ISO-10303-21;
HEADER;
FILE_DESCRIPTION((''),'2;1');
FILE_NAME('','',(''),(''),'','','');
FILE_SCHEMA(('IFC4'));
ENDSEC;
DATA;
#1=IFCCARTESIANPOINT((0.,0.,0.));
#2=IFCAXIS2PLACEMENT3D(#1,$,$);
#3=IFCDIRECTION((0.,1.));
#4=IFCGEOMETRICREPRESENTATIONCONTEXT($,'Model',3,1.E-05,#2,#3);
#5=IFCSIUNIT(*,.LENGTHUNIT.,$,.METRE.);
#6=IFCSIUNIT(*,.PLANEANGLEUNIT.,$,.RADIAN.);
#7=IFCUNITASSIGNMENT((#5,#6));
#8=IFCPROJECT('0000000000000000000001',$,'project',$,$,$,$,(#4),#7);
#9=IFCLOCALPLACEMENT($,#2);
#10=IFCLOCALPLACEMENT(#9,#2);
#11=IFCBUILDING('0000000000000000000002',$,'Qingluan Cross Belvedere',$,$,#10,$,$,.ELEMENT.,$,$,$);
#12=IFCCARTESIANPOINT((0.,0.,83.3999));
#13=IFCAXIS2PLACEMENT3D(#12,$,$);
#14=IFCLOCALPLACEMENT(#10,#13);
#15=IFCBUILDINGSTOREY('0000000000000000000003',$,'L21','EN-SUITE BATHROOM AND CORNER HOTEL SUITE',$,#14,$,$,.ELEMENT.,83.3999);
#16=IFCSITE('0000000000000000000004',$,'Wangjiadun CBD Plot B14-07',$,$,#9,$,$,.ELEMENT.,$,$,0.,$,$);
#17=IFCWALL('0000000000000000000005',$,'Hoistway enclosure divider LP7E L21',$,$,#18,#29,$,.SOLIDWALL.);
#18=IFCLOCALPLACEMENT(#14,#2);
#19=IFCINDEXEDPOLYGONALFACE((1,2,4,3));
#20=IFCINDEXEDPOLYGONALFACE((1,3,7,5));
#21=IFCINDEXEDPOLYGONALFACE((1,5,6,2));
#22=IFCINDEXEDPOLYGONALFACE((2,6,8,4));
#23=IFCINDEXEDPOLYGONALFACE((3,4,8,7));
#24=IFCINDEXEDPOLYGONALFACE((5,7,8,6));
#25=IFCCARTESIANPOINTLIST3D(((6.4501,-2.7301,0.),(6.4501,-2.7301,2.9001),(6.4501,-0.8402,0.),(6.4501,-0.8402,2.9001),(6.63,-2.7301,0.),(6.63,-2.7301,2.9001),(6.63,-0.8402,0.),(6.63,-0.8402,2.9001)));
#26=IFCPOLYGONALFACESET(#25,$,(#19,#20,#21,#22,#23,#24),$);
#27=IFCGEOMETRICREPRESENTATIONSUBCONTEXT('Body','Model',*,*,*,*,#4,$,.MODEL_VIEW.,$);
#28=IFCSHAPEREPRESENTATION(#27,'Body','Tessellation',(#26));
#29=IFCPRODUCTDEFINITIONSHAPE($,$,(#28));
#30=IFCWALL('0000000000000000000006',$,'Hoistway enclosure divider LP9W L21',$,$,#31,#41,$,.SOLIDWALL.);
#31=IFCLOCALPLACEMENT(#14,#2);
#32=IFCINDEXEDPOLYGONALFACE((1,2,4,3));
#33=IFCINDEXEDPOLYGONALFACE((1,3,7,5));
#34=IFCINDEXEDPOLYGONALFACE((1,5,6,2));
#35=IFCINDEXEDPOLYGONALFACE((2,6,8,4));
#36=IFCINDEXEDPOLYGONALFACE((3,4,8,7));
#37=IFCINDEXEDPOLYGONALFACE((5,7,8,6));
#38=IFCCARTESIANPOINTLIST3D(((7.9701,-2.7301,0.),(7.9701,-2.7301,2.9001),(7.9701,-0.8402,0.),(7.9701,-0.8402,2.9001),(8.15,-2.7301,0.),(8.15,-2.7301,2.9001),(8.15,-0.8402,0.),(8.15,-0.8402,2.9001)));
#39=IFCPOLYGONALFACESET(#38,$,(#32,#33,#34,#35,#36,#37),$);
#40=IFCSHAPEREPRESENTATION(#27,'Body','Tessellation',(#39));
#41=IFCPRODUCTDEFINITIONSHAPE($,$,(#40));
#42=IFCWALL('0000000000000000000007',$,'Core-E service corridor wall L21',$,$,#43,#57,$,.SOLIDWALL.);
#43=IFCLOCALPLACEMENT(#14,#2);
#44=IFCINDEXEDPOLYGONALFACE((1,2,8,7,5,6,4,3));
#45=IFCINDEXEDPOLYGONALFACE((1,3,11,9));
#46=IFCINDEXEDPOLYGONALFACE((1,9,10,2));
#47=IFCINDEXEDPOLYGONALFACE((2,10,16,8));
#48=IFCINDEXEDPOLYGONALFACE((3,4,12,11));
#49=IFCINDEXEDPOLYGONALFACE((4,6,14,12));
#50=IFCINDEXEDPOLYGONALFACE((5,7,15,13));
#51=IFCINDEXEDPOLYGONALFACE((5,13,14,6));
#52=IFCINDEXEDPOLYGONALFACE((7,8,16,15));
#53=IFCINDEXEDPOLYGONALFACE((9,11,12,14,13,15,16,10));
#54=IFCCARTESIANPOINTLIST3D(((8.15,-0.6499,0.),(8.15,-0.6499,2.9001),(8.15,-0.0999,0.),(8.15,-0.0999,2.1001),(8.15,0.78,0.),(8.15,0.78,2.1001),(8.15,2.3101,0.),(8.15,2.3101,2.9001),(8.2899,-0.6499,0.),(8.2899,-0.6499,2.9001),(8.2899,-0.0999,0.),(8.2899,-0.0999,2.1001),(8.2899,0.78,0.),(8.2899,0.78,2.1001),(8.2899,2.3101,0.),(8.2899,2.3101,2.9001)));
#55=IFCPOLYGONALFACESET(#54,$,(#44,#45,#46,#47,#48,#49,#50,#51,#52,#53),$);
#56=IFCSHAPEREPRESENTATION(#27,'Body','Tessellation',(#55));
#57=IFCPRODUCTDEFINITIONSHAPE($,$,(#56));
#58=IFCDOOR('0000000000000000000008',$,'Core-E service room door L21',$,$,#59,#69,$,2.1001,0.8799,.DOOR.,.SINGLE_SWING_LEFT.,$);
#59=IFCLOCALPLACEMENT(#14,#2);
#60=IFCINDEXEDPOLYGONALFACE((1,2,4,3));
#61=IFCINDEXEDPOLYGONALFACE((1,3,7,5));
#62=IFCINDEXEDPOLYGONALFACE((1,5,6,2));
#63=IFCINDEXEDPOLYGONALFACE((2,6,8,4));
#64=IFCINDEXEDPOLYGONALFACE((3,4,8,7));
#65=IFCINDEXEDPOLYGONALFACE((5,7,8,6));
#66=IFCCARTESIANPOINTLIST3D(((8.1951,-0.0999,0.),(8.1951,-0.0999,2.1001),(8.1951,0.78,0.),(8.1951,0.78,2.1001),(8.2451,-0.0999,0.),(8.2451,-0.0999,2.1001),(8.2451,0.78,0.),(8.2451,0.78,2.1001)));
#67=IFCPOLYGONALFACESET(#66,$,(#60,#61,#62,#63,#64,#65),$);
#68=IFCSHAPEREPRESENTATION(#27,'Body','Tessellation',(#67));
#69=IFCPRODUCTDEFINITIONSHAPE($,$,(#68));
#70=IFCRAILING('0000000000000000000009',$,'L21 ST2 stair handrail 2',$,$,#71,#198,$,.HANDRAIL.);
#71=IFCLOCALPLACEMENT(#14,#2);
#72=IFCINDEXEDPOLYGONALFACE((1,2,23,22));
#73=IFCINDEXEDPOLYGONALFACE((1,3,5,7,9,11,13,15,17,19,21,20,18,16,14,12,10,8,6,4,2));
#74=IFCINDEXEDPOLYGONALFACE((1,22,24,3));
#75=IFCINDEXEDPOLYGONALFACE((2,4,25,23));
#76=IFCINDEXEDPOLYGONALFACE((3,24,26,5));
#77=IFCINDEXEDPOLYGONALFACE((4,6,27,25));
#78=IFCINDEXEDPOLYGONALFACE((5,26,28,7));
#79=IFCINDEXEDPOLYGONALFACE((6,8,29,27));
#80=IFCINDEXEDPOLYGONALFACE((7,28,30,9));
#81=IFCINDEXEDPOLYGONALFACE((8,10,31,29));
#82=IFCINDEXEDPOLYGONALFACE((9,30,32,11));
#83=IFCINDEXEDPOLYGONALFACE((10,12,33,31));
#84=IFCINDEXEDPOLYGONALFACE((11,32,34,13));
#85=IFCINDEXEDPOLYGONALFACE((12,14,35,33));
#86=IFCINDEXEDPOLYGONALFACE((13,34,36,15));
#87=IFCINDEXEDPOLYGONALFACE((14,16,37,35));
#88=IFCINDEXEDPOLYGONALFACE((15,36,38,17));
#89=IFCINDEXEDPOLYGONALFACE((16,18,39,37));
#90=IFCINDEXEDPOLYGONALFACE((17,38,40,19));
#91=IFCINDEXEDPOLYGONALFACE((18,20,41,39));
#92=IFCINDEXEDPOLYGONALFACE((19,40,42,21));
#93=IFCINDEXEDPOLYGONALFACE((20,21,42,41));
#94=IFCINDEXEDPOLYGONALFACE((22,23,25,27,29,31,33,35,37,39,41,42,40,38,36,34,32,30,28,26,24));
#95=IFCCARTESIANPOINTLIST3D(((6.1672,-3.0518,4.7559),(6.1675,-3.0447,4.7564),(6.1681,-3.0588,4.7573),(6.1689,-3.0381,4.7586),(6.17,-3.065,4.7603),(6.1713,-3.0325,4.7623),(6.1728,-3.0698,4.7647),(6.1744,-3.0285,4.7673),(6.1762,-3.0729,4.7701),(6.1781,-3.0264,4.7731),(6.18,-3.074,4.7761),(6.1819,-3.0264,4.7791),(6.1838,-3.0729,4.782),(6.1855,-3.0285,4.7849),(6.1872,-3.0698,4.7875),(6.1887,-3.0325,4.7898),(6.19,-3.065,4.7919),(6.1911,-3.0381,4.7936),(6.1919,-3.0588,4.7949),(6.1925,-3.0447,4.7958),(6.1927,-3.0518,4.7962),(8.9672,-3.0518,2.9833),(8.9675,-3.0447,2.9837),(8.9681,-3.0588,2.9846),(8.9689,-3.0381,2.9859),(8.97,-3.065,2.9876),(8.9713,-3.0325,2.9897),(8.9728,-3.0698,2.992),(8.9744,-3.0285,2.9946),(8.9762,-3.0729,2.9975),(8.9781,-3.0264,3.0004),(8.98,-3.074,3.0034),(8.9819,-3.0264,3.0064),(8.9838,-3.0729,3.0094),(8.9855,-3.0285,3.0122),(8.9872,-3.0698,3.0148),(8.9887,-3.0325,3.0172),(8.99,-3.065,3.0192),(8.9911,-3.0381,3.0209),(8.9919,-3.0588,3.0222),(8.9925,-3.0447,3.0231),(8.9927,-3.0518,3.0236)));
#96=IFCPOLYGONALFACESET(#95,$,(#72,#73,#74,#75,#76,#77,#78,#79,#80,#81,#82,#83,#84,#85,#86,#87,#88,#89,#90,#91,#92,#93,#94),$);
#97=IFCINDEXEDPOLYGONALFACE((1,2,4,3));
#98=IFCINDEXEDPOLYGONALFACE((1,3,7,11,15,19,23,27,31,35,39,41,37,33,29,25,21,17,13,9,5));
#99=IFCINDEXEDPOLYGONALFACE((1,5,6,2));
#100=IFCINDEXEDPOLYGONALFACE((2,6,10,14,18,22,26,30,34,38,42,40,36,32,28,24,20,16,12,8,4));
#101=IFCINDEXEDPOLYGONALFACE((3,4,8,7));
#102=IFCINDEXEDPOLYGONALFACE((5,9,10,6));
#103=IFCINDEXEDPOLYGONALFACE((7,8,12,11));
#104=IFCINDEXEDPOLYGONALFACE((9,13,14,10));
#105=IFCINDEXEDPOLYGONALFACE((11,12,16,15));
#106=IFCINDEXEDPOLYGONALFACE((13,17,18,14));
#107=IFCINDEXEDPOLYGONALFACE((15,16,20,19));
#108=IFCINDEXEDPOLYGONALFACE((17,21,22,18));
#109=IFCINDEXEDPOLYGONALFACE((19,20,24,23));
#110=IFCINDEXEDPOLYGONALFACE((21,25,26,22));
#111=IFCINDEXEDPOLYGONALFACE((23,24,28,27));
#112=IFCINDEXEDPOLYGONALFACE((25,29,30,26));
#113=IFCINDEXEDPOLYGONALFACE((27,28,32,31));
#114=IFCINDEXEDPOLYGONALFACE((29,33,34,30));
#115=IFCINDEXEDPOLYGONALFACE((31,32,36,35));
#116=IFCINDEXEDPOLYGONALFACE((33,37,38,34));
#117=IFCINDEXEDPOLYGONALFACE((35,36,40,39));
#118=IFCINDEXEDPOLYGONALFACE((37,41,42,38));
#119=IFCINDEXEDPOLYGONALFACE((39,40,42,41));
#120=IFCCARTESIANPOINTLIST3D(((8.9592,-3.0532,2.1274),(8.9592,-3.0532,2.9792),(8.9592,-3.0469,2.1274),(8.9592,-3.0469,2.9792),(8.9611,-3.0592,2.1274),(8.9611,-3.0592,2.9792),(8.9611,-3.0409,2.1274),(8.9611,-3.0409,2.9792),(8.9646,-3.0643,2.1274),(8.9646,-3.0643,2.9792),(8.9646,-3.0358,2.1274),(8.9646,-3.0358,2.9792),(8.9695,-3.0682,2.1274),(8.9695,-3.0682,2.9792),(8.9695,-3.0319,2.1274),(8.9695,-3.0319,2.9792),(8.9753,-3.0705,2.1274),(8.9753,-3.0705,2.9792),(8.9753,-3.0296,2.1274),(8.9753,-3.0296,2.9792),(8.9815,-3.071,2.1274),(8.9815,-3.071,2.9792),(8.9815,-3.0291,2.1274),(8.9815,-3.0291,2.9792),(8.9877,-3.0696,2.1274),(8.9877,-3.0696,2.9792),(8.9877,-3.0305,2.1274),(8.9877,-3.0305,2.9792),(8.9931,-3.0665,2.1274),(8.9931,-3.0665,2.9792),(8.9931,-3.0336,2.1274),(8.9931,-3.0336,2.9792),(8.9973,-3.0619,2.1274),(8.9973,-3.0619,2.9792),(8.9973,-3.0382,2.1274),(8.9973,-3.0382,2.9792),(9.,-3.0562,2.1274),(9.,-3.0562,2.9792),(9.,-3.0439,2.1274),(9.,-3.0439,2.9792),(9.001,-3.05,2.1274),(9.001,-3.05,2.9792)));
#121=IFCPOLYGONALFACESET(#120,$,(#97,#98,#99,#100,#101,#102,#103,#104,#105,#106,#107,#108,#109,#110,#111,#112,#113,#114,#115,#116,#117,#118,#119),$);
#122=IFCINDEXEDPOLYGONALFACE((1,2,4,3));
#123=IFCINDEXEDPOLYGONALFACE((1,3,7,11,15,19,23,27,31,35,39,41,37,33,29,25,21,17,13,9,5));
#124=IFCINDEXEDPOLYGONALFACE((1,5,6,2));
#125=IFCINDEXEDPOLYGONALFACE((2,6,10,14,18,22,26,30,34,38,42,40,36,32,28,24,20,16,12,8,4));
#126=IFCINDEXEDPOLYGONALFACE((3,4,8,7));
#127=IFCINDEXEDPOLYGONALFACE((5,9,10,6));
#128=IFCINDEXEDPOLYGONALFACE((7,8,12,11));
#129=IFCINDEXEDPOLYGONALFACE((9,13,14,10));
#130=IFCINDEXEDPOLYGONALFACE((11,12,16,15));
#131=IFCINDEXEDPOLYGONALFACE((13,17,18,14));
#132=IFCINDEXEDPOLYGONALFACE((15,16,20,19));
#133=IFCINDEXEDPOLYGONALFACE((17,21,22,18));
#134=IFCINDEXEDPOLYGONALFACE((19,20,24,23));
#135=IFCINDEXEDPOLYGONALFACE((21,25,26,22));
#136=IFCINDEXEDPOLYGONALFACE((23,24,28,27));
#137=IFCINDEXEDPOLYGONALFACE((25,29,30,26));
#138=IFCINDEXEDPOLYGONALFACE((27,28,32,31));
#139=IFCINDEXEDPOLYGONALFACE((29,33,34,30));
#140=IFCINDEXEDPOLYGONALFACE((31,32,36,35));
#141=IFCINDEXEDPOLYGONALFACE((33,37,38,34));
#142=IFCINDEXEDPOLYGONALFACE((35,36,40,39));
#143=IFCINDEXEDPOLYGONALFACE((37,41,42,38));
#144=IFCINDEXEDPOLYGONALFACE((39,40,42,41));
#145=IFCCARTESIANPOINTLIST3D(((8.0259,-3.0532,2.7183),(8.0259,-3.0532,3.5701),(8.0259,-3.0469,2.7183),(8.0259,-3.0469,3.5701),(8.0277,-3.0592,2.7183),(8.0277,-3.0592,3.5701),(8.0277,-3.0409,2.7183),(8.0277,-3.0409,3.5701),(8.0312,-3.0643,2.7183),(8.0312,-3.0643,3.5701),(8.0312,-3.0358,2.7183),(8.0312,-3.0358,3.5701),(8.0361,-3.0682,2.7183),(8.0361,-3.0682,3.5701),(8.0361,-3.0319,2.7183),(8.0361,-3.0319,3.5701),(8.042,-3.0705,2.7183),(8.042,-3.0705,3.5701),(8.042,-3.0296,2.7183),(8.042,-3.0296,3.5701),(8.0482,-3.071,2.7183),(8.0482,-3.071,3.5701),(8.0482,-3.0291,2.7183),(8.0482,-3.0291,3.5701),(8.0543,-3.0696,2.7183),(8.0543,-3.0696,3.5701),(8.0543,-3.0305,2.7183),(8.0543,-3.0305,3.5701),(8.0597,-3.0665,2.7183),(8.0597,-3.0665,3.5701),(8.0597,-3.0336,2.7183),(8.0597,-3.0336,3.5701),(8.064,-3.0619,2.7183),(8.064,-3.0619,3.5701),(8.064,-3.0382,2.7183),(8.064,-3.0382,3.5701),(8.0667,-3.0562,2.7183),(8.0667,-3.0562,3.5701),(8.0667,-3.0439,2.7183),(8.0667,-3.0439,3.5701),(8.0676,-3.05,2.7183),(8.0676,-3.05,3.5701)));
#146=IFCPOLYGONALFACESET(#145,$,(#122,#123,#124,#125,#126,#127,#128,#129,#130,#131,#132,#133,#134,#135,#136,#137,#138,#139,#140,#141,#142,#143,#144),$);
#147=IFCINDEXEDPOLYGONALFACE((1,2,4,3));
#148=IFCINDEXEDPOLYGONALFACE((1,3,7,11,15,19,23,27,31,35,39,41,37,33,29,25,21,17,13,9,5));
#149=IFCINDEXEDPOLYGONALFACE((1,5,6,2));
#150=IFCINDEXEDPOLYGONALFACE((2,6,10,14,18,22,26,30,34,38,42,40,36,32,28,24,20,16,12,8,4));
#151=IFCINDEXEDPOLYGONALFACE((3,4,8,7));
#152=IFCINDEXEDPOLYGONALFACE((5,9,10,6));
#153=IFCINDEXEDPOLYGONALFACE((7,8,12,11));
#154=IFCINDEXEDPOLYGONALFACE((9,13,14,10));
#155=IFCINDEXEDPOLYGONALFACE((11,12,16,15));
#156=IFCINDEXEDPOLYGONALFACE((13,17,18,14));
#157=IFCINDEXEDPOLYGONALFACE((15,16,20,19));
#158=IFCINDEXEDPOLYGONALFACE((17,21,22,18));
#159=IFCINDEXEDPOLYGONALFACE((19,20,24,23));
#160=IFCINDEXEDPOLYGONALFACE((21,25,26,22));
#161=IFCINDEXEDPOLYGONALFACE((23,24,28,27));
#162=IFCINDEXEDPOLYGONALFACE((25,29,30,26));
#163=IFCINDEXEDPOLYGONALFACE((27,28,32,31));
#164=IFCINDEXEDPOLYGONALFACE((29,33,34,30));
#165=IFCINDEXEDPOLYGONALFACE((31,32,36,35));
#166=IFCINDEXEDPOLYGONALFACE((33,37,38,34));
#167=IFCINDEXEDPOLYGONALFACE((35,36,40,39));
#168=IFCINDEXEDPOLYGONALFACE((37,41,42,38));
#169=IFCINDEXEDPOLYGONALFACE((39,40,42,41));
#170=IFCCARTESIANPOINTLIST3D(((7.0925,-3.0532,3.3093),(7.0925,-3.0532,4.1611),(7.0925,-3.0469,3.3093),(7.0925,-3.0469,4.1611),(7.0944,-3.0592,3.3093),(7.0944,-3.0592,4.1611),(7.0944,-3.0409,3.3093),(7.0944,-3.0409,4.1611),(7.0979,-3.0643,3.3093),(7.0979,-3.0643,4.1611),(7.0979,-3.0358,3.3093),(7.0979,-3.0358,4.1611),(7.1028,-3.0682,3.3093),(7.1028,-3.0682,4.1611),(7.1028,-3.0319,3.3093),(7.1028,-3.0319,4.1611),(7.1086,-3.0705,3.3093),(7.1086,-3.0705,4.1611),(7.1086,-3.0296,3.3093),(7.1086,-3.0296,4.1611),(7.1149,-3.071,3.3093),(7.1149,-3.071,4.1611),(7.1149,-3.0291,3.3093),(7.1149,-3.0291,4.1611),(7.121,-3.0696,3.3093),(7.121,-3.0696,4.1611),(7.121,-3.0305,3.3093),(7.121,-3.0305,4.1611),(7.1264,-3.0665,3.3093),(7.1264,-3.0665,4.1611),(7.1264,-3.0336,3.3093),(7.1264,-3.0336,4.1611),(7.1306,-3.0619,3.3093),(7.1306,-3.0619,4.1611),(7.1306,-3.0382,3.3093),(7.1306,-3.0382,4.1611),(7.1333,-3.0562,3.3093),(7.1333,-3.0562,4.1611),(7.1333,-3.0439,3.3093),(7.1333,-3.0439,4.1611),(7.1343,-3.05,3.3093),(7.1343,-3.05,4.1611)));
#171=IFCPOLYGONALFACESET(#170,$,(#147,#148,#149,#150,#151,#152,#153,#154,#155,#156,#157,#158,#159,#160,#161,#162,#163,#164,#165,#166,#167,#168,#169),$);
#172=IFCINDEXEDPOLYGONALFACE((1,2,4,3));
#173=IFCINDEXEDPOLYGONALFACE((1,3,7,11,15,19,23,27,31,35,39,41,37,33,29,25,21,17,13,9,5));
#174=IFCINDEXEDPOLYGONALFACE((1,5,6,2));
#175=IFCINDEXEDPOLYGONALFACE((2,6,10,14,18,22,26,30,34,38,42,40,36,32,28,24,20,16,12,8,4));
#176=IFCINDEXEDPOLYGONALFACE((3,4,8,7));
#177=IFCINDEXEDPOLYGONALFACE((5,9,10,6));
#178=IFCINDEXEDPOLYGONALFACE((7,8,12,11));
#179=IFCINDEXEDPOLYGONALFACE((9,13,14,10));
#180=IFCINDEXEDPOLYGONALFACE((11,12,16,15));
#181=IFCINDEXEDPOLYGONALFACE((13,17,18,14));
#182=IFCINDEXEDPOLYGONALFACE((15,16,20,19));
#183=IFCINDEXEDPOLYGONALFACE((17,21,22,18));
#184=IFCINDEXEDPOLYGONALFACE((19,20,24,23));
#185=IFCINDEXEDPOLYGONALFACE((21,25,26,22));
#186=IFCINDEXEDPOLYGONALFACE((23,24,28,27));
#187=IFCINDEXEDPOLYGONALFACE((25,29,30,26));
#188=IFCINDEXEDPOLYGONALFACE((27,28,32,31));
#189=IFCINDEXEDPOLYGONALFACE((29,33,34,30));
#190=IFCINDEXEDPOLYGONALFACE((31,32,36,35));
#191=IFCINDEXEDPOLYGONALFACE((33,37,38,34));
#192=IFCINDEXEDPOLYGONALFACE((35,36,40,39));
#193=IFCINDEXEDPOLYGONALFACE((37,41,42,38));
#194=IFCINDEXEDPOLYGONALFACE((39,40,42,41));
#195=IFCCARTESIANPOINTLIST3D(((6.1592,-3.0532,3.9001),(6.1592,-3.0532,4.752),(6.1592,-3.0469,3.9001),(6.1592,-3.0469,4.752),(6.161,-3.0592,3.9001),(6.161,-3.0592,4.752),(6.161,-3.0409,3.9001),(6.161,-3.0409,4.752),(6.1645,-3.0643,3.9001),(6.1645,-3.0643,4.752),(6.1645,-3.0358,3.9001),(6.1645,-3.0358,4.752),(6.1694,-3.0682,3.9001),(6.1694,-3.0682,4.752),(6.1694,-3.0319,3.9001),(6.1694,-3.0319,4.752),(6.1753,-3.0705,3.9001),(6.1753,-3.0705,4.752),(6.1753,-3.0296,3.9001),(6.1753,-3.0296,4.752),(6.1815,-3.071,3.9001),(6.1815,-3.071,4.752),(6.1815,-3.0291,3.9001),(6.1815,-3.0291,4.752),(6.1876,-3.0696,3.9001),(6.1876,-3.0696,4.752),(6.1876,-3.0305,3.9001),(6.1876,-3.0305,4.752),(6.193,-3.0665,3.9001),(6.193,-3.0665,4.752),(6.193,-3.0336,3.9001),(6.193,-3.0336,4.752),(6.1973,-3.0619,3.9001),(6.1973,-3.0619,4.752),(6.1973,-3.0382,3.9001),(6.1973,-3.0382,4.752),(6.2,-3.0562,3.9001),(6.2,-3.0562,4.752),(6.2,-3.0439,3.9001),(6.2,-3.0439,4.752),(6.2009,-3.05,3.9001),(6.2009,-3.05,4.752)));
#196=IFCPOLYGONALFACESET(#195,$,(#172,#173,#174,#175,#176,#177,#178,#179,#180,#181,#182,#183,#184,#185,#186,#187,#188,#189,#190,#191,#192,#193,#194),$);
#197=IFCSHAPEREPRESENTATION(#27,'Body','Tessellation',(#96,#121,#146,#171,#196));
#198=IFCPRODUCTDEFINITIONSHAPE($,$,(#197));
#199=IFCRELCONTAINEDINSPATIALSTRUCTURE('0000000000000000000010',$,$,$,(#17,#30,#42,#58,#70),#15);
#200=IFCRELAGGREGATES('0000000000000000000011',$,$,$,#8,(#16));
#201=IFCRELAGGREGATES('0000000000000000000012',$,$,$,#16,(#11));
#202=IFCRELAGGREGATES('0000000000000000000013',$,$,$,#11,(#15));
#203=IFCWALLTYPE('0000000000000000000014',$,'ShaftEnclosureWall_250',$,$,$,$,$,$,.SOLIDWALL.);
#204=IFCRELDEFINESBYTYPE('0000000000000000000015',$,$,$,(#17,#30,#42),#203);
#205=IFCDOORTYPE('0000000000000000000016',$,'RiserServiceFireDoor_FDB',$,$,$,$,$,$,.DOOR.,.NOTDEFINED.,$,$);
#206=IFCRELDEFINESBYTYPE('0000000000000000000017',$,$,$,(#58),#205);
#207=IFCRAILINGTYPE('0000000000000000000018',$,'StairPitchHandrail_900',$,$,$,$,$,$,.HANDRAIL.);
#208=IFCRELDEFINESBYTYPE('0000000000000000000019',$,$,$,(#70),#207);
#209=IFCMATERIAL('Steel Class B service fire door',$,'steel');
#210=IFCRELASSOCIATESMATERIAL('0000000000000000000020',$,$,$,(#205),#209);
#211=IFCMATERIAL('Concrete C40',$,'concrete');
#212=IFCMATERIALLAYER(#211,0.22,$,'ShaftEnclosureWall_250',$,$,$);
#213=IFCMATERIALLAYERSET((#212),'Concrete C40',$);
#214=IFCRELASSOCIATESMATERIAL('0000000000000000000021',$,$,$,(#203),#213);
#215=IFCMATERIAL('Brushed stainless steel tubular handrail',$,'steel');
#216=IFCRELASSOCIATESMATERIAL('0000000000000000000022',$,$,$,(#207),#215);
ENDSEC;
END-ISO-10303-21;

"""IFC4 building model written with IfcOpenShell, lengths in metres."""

from ifc_helpers import new_model, si_unit, direction, frame, frame_2d, origin, origin_2d, place, context, subcontext, project, spatial, rectangle, circle, extrude, material, layer, layer_set, type_object, element, fill, save


model = new_model("IFC4")

# Units and contexts
model_context = context("Model", 3, precision=1e-05, world=origin(), true_north=direction((0.0, 1.0)))
body_context = subcontext(model_context, "Body", "Model", "MODEL_VIEW")
ifc_project = project(units=[si_unit("LENGTHUNIT", "METRE"), si_unit("PLANEANGLEUNIT", "RADIAN")], contexts=[model_context])

# Site, building, storey
site_placement = place(None, origin())
site = spatial("IfcSite", under=ifc_project, at=site_placement, Name="Wangjiadun CBD Plot B14-07", CompositionType="ELEMENT", RefElevation=0.0)
building_placement = place(site_placement, origin())
building = spatial("IfcBuilding", under=site, at=building_placement, Name="Qingluan Cross Belvedere", CompositionType="ELEMENT")
storey_placement = place(building_placement, frame((0.0, 0.0, 83.3999)))
storey = spatial("IfcBuildingStorey", under=building, at=storey_placement, Name="L21", Description="EN-SUITE BATHROOM AND CORNER HOTEL SUITE", CompositionType="ELEMENT", Elevation=83.3999)

# Shared definitions
ifc_material_1 = material(Name="Steel Class B service fire door", Category="steel")
door_type_1 = type_object("IfcDoorType", Name="RiserServiceFireDoor_FDB", OperationType="NOTDEFINED", PredefinedType="DOOR", material=ifc_material_1)

# Shared definitions
ifc_material_2 = material(Name="Concrete C40", Category="concrete")
ifc_layer_1 = layer(ifc_material_2, 0.22, Name="ShaftEnclosureWall_250")
ifc_layer_set_1 = layer_set([ifc_layer_1], Name="Concrete C40")
wall_type_1 = type_object("IfcWallType", Name="ShaftEnclosureWall_250", PredefinedType="SOLIDWALL", material=ifc_layer_set_1)

# Walls
for number, where, z_axis, x_axis, name in (
    (1, (6.54, -2.73, 0.0), (0.0, 0.0, 1.0), (0.0, 1.0, 0.0), "Hoistway enclosure divider LP7E L21"),
    (2, (8.0601, -2.73, 0.0), (0.0, 0.0, 1.0), (0.0, 1.0, 0.0), "Hoistway enclosure divider LP9W L21"),
):
    element("IfcWall", number, at=place(storey_placement, frame(where, z_axis=z_axis, x_axis=x_axis)), inside=storey, type_object=wall_type_1, Name=name, PredefinedType="SOLIDWALL", context=body_context, shape_type="SweptSolid", body=[
        extrude(rectangle(XDim=1.8899, YDim=0.1799, at=frame_2d((0.9448, 0.0))), origin(), (0.0, 0.0, 1.0), 2.9001),
    ])

# Wall, opening, door
wall_1_placement = place(storey_placement, frame((8.22, -0.6499, 0.0), z_axis=(0.0, 0.0, 1.0), x_axis=(0.0, 1.0, 0.0)))
wall_1 = element("IfcWall", 3, at=wall_1_placement, inside=storey, type_object=wall_type_1, Name="Core-E service corridor wall L21", PredefinedType="SOLIDWALL", context=body_context, shape_type="SweptSolid", body=[
    extrude(rectangle(XDim=2.96, YDim=0.1399, at=frame_2d((1.48, 0.0))), origin(), (0.0, 0.0, 1.0), 2.9001),
])
opening_1_placement = place(wall_1_placement, frame((0.55, 0.0, 0.0)))
opening_1 = element("IfcOpeningElement", 4, at=opening_1_placement, cuts=wall_1, PredefinedType="OPENING", context=body_context, shape_type="SweptSolid", body=[
    extrude(rectangle(XDim=0.8799, YDim=2.1001, at=frame_2d((0.4399, 1.05))), frame((0.0, 0.0798, 0.0), z_axis=(0.0, -1.0, 0.0), x_axis=(1.0, 0.0, 0.0)), (0.0, 0.0, 1.0), 0.1599),
])
door_1_placement = place(opening_1_placement, origin())
door_1 = element("IfcDoor", 5, at=door_1_placement, inside=storey, type_object=door_type_1, Name="Core-E service room door L21", OperationType="SINGLE_SWING_LEFT", OverallHeight=2.1001, OverallWidth=0.8799, PredefinedType="DOOR", context=body_context, shape_type="SweptSolid", body=[
    extrude(rectangle(XDim=0.8799, YDim=2.1001, at=frame_2d((0.4399, 1.05))), frame((0.0, 0.0249, 0.0), z_axis=(0.0, -1.0, 0.0), x_axis=(1.0, 0.0, 0.0)), (0.0, 0.0, 1.0), 0.05),
])
fill(opening_1, door_1)

# Railing
ifc_material_3 = material(Name="Brushed stainless steel tubular handrail", Category="steel")
railing_type = type_object("IfcRailingType", Name="StairPitchHandrail_900", PredefinedType="HANDRAIL", material=ifc_material_3)
railing_placement = place(storey_placement, frame((8.98, -3.05, 2.1274)))
element("IfcRailing", 6, at=railing_placement, inside=storey, type_object=railing_type, Name="L21 ST2 stair handrail 2", PredefinedType="HANDRAIL", context=body_context, shape_type="SweptSolid", body=[
    extrude(circle(Radius=0.0239, at=origin_2d()), frame((0.0, 0.0, 0.876), z_axis=(-0.844909, 0.0, 0.53491), x_axis=(0.0, -1.0, 0.0)), (0.0, 0.0, 1.0), 3.314),
    extrude(circle(Radius=0.021, at=origin_2d()), origin(), (0.0, 0.0, 1.0), 0.8518),
    extrude(circle(Radius=0.021, at=origin_2d()), frame((-0.9333, 0.0, 0.5908)), (0.0, 0.0, 1.0), 0.8518),
    extrude(circle(Radius=0.021, at=origin_2d()), frame((-1.8667, 0.0, 1.1819)), (0.0, 0.0, 1.0), 0.8518),
    extrude(circle(Radius=0.021, at=origin_2d()), frame((-2.8, 0.0, 1.7727)), (0.0, 0.0, 1.0), 0.8518),
])

save(model, "model.ifc")
